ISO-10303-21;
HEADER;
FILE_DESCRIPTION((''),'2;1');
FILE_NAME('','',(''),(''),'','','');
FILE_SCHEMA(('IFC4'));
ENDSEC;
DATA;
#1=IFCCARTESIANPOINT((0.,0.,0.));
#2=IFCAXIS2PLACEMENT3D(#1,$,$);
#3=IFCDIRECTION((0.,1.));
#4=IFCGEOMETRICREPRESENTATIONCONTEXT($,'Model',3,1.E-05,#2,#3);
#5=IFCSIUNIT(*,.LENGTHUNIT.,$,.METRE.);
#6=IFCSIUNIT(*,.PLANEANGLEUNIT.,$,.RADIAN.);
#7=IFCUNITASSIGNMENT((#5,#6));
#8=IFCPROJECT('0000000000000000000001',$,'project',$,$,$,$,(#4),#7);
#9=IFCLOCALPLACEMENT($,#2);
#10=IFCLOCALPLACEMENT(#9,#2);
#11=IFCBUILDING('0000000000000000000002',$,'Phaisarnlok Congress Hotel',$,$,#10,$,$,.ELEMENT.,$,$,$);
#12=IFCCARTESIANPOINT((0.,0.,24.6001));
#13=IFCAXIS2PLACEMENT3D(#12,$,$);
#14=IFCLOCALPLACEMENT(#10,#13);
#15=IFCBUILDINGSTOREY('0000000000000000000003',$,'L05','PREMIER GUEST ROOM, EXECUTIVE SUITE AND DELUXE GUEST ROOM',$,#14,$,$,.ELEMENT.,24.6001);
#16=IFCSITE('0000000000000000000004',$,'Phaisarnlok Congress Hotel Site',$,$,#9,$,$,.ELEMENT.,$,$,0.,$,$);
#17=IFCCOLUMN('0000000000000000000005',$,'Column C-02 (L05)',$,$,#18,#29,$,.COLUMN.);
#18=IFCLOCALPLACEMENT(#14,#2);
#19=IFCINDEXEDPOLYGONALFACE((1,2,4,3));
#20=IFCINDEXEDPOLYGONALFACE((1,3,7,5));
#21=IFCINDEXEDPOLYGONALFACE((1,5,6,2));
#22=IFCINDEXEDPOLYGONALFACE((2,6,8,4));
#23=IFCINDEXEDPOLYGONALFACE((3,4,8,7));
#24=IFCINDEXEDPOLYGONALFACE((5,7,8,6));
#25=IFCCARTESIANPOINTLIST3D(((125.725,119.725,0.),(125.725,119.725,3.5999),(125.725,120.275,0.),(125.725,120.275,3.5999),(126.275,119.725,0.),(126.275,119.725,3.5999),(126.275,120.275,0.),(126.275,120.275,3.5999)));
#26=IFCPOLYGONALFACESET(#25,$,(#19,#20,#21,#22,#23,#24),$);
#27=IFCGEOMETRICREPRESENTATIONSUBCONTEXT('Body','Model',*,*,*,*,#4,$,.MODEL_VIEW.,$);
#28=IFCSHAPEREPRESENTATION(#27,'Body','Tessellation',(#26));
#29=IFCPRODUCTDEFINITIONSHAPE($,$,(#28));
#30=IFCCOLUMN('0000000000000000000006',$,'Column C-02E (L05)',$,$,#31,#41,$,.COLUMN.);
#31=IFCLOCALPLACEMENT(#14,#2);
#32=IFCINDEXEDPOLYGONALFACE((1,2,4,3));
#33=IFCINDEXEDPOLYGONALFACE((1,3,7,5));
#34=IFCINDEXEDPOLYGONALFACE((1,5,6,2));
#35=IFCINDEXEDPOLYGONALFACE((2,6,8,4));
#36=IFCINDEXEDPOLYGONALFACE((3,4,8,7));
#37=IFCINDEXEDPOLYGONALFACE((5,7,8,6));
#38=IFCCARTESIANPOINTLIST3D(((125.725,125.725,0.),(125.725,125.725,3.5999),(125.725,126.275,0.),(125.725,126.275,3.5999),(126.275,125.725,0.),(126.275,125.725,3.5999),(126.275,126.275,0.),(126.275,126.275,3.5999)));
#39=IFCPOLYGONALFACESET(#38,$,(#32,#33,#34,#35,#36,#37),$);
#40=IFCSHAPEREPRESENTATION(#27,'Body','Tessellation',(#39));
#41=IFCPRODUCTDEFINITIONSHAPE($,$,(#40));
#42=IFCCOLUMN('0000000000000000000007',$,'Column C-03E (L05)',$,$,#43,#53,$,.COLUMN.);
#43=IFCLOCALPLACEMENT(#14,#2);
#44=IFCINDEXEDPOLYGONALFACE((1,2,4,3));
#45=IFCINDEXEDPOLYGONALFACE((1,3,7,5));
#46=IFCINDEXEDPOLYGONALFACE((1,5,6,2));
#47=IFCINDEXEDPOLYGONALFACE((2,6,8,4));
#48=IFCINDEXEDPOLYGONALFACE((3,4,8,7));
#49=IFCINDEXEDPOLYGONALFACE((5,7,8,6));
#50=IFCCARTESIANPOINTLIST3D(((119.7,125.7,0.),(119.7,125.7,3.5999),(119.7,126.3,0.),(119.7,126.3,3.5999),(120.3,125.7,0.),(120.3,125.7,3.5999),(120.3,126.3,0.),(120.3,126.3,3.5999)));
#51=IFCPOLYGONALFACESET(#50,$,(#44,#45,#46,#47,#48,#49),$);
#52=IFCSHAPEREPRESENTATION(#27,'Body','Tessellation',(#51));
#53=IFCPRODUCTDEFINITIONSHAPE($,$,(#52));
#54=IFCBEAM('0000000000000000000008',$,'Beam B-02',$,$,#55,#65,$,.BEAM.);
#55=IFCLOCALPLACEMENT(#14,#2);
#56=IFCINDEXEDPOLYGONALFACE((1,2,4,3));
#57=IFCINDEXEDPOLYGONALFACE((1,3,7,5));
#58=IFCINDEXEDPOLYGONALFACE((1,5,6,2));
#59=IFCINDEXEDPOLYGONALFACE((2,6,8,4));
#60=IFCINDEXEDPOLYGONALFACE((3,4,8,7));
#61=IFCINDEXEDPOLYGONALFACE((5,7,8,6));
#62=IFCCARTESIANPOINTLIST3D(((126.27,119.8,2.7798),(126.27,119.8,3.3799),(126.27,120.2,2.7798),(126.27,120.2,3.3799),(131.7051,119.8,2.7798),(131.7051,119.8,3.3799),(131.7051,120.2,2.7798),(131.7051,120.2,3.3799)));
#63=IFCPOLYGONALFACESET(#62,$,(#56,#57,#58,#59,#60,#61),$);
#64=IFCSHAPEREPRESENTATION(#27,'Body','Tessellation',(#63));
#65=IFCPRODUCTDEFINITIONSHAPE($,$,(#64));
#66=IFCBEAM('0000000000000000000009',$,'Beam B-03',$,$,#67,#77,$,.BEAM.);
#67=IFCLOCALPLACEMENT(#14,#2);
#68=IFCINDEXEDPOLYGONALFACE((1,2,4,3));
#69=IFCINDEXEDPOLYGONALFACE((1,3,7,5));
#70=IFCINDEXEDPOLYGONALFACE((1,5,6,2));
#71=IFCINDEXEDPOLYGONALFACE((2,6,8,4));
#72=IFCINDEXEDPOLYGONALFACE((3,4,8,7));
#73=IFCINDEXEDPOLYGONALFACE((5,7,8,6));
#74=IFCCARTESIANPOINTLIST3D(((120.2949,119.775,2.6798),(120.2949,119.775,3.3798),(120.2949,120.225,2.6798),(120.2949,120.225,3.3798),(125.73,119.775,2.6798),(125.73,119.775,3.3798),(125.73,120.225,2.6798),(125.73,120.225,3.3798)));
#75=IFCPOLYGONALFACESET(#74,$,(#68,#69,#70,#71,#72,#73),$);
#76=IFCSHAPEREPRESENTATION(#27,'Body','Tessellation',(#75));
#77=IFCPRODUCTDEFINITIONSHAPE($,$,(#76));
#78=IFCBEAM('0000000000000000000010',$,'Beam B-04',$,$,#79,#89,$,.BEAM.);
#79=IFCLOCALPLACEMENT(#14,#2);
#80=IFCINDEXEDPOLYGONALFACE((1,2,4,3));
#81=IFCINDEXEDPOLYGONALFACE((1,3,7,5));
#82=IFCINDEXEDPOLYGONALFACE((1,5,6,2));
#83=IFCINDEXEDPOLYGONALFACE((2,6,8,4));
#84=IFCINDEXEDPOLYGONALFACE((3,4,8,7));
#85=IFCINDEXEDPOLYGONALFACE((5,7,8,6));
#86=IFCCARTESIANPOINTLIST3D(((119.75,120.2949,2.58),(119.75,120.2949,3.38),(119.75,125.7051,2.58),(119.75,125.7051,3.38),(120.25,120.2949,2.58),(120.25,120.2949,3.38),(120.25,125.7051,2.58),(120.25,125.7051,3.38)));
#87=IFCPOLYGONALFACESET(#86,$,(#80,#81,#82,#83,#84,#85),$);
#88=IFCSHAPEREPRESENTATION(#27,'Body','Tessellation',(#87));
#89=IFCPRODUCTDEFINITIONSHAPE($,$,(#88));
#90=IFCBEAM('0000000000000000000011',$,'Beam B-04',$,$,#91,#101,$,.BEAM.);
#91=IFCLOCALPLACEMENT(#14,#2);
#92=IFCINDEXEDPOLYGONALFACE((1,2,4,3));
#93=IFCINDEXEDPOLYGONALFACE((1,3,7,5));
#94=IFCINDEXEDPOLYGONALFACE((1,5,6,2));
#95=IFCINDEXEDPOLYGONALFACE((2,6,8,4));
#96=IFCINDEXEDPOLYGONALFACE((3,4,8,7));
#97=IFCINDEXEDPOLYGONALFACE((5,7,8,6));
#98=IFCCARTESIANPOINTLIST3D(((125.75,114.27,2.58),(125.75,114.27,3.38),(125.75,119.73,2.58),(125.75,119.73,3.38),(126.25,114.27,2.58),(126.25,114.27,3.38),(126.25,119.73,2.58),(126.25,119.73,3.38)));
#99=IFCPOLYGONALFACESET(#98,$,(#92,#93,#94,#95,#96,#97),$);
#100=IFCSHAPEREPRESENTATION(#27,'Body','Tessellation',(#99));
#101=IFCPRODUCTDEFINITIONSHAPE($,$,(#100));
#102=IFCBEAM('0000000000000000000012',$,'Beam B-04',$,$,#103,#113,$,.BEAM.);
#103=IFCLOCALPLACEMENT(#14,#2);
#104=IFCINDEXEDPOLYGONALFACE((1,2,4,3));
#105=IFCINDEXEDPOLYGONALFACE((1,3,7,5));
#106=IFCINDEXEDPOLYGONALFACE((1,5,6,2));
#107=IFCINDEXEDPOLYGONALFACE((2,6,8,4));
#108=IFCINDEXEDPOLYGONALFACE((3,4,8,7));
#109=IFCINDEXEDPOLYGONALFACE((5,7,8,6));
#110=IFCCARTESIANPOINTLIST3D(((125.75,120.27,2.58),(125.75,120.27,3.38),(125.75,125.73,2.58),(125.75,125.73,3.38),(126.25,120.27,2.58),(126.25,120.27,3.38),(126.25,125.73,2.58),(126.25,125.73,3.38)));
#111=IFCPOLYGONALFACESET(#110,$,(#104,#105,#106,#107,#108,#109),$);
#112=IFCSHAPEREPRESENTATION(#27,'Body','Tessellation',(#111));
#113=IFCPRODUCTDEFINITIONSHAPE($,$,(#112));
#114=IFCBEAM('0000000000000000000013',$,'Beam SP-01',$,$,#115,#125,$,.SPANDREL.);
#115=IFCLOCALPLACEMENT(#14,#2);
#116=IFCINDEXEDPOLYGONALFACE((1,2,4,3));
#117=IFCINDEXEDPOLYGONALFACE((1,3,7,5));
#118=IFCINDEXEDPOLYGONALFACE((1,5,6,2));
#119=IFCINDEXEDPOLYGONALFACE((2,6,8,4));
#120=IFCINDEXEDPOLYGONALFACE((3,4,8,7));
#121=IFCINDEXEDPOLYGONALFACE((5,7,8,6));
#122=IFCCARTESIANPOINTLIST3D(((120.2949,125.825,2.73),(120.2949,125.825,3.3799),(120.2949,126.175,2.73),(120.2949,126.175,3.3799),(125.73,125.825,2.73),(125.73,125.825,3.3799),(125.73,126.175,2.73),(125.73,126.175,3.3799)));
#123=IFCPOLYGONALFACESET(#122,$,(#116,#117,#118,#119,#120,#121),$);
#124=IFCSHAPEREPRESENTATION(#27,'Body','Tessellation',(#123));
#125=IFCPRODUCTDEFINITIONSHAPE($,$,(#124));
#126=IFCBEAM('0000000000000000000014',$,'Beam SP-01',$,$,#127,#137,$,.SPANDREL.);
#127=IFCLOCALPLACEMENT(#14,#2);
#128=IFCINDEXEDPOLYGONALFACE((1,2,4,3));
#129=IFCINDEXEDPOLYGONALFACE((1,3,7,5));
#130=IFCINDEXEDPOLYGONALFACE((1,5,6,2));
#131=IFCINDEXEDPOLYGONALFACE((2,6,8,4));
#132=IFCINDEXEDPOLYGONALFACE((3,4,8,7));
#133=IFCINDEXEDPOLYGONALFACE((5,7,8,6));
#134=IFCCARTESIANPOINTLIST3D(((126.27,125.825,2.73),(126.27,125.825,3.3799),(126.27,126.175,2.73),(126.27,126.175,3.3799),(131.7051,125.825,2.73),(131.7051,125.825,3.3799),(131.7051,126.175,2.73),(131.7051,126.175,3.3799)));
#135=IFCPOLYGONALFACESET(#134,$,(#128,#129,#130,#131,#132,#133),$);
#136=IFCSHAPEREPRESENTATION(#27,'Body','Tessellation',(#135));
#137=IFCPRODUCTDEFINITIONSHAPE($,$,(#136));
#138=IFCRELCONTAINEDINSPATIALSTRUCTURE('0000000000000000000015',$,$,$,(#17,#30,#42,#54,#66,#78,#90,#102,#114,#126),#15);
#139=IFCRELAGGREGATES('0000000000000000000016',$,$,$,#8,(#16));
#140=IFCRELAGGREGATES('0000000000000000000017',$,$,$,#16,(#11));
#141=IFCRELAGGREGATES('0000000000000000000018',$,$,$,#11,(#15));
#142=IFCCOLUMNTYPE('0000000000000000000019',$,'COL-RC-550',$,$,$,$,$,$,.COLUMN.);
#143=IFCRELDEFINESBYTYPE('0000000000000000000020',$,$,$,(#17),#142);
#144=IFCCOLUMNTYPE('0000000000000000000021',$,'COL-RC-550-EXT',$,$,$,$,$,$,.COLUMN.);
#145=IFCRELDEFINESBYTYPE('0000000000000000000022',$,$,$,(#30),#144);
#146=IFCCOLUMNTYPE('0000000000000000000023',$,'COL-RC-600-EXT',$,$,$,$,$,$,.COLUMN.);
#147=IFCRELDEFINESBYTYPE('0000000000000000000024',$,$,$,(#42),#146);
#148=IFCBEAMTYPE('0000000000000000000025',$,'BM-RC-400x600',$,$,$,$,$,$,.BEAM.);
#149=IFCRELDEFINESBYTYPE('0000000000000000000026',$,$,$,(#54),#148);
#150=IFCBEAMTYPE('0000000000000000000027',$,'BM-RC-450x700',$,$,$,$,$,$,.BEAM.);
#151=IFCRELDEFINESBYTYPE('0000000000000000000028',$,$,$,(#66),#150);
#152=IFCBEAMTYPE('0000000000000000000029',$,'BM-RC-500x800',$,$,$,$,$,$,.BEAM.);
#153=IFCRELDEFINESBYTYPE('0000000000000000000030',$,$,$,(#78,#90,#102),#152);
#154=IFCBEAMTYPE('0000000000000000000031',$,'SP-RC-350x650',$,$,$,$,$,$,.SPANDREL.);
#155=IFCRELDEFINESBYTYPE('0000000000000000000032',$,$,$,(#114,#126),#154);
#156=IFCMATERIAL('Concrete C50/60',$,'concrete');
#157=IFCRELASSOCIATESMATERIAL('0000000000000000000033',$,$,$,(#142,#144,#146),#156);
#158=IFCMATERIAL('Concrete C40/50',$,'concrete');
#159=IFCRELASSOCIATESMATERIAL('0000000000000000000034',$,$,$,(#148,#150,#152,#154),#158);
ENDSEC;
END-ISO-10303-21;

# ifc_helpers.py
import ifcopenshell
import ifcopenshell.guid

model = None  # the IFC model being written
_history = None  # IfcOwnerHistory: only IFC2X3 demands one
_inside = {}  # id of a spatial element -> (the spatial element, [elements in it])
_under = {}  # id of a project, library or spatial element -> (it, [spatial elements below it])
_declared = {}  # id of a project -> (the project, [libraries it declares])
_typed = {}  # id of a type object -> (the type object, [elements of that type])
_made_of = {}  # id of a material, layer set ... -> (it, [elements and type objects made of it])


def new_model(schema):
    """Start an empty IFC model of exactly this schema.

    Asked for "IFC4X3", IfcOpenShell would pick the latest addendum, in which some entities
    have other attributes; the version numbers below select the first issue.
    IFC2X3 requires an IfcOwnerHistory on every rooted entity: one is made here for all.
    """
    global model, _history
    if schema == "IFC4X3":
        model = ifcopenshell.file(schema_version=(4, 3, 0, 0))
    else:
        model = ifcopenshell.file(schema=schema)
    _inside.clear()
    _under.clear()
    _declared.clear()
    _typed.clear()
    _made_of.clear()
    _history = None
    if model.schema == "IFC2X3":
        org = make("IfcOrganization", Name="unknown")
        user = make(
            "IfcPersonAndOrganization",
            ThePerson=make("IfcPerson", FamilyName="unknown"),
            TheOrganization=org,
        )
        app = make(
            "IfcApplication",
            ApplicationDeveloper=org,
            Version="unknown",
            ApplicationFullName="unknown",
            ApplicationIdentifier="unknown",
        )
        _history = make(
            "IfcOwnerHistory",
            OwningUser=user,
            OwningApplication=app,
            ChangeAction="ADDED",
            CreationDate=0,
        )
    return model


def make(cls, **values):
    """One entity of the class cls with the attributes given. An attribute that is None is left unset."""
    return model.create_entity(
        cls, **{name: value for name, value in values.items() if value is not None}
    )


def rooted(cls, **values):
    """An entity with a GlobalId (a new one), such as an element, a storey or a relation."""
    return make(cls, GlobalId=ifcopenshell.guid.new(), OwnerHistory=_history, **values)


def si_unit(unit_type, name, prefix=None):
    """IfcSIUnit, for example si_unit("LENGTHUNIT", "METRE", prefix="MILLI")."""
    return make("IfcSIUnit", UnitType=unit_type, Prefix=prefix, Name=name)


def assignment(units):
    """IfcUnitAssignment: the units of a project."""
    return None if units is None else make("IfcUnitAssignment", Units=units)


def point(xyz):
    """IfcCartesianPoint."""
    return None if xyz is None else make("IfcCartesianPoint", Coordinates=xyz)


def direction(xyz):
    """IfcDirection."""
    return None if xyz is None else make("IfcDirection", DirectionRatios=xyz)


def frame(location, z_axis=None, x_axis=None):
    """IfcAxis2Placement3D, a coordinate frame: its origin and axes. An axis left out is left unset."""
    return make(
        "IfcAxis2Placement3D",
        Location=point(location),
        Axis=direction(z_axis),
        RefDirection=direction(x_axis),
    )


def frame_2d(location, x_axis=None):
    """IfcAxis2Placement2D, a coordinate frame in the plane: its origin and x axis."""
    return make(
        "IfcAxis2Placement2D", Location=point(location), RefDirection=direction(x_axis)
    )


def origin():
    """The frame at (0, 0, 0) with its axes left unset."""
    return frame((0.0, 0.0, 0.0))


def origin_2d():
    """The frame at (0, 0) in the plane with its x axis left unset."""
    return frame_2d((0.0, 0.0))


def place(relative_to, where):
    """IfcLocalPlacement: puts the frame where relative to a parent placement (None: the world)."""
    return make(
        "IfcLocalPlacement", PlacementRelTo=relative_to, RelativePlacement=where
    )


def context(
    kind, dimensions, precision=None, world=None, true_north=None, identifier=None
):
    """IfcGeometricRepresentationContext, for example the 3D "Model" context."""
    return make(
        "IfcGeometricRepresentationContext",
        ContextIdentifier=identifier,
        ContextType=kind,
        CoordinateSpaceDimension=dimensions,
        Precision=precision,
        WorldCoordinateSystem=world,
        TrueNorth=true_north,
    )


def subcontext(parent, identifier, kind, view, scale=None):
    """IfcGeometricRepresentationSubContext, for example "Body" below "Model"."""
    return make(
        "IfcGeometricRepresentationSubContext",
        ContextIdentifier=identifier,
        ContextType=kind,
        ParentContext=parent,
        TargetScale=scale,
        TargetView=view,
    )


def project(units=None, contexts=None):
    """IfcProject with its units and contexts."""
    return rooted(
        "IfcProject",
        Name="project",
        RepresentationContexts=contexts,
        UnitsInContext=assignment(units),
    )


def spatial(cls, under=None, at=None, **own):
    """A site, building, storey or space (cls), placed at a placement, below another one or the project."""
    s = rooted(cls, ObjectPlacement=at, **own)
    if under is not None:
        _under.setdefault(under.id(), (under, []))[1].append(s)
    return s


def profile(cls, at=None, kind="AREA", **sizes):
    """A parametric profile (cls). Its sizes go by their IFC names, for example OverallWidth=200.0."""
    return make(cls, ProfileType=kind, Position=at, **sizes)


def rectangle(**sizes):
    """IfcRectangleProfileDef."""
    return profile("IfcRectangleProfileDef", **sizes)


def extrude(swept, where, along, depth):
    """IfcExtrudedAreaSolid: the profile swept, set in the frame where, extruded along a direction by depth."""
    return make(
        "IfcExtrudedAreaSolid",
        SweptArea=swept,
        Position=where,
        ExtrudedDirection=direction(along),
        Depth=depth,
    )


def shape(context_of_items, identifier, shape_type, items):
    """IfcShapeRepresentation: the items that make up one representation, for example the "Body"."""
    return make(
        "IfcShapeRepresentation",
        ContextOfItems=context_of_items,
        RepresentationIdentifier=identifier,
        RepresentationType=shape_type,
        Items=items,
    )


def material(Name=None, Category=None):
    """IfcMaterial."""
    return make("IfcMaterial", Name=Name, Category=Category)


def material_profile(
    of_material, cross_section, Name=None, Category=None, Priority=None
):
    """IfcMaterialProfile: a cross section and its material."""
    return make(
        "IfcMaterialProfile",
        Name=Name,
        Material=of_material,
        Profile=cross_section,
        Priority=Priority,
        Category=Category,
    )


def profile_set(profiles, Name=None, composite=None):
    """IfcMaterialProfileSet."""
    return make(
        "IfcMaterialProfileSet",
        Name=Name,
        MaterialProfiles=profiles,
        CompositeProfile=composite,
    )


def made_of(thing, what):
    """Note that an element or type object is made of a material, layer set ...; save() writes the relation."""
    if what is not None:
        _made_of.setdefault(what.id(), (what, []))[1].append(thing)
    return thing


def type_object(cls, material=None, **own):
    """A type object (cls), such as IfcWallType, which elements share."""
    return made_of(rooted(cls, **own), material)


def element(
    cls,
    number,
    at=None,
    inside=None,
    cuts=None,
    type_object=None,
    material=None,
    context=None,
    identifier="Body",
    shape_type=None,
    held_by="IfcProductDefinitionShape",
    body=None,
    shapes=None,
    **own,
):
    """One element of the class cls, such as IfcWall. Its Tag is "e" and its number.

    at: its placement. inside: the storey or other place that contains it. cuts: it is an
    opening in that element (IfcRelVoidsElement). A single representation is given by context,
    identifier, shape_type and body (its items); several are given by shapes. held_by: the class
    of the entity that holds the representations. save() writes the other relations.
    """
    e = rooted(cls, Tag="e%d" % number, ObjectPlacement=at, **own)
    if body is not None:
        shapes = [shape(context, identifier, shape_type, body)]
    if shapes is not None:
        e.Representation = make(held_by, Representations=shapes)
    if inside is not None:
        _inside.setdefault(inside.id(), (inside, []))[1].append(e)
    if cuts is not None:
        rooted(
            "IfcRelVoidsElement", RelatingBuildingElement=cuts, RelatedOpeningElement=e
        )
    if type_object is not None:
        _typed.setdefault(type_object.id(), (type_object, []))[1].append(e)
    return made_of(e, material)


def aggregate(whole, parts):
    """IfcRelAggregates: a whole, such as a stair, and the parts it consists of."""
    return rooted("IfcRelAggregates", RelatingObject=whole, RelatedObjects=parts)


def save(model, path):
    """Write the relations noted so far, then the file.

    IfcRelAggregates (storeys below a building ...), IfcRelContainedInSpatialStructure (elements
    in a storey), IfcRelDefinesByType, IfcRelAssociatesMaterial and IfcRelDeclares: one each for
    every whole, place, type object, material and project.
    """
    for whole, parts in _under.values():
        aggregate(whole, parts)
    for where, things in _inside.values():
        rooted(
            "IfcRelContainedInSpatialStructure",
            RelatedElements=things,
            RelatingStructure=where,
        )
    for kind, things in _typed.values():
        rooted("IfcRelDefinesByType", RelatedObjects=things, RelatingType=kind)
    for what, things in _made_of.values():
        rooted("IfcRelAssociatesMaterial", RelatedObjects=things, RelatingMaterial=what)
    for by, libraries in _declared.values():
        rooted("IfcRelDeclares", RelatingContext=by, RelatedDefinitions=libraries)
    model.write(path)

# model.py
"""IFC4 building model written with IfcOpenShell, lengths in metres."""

from ifc_helpers import new_model, si_unit, direction, frame, origin, origin_2d, place, context, subcontext, project, spatial, rectangle, extrude, material, material_profile, profile_set, type_object, element, save


model = new_model("IFC4")

# Units and contexts
model_context = context("Model", 3, precision=1e-05, world=origin(), true_north=direction((0.0, 1.0)))
body_context = subcontext(model_context, "Body", "Model", "MODEL_VIEW")
ifc_project = project(units=[si_unit("LENGTHUNIT", "METRE"), si_unit("PLANEANGLEUNIT", "RADIAN")], contexts=[model_context])

# Site, building, storey
site_placement = place(None, origin())
site = spatial("IfcSite", under=ifc_project, at=site_placement, Name="Phaisarnlok Congress Hotel Site", CompositionType="ELEMENT", RefElevation=0.0)
building_placement = place(site_placement, origin())
building = spatial("IfcBuilding", under=site, at=building_placement, Name="Phaisarnlok Congress Hotel", CompositionType="ELEMENT")
storey_placement = place(building_placement, frame((0.0, 0.0, 24.6001)))
storey = spatial("IfcBuildingStorey", under=building, at=storey_placement, Name="L05", Description="PREMIER GUEST ROOM, EXECUTIVE SUITE AND DELUXE GUEST ROOM", CompositionType="ELEMENT", Elevation=24.6001)

# Columns
ifc_material_1 = material(Name="Concrete C50/60", Category="concrete")
ifc_material_profile_1 = material_profile(ifc_material_1, rectangle(XDim=0.55, YDim=0.55, at=origin_2d()), Name="RC 550x550")
ifc_profile_set_1 = profile_set([ifc_material_profile_1], Name="Concrete C50/60")
column_type_1 = type_object("IfcColumnType", Name="COL-RC-550", PredefinedType="COLUMN", material=ifc_profile_set_1)
column_1_placement = place(storey_placement, frame((126.0, 120.0, 0.0), z_axis=(0.0, 0.0, 1.0), x_axis=(1.0, 0.0, 0.0)))
element("IfcColumn", 1, at=column_1_placement, inside=storey, type_object=column_type_1, Name="Column C-02 (L05)", PredefinedType="COLUMN", context=body_context, shape_type="SweptSolid", body=[
    extrude(rectangle(XDim=0.55, YDim=0.55, at=origin_2d()), origin(), (0.0, 0.0, 1.0), 3.5999),
])
ifc_material_profile_2 = material_profile(ifc_material_1, rectangle(XDim=0.55, YDim=0.55, at=origin_2d()), Name="RC 550x550")
ifc_profile_set_2 = profile_set([ifc_material_profile_2], Name="Concrete C50/60")
column_type_2 = type_object("IfcColumnType", Name="COL-RC-550-EXT", PredefinedType="COLUMN", material=ifc_profile_set_2)
column_2_placement = place(storey_placement, frame((126.0, 126.0, 0.0), z_axis=(0.0, 0.0, 1.0), x_axis=(1.0, 0.0, 0.0)))
element("IfcColumn", 2, at=column_2_placement, inside=storey, type_object=column_type_2, Name="Column C-02E (L05)", PredefinedType="COLUMN", context=body_context, shape_type="SweptSolid", body=[
    extrude(rectangle(XDim=0.55, YDim=0.55, at=origin_2d()), origin(), (0.0, 0.0, 1.0), 3.5999),
])
ifc_material_profile_3 = material_profile(ifc_material_1, rectangle(XDim=0.6001, YDim=0.6001, at=origin_2d()), Name="RC 600x600")
ifc_profile_set_3 = profile_set([ifc_material_profile_3], Name="Concrete C50/60")
column_type_3 = type_object("IfcColumnType", Name="COL-RC-600-EXT", PredefinedType="COLUMN", material=ifc_profile_set_3)
column_3_placement = place(storey_placement, frame((120.0, 126.0, 0.0), z_axis=(0.0, 0.0, 1.0), x_axis=(1.0, 0.0, 0.0)))
element("IfcColumn", 3, at=column_3_placement, inside=storey, type_object=column_type_3, Name="Column C-03E (L05)", PredefinedType="COLUMN", context=body_context, shape_type="SweptSolid", body=[
    extrude(rectangle(XDim=0.6001, YDim=0.6001, at=origin_2d()), origin(), (0.0, 0.0, 1.0), 3.5999),
])

# Beams
ifc_material_2 = material(Name="Concrete C40/50", Category="concrete")
ifc_material_profile_4 = material_profile(ifc_material_2, rectangle(XDim=0.3999, YDim=0.6001, at=origin_2d()), Name="RC 400x600")
ifc_profile_set_4 = profile_set([ifc_material_profile_4], Name="Concrete C40/50")
beam_type_1 = type_object("IfcBeamType", Name="BM-RC-400x600", PredefinedType="BEAM", material=ifc_profile_set_4)
beam_1_placement = place(storey_placement, frame((126.27, 120.0, 3.0798), z_axis=(1.0, 0.0, 0.0), x_axis=(0.0, 1.0, 0.0)))
element("IfcBeam", 4, at=beam_1_placement, inside=storey, type_object=beam_type_1, Name="Beam B-02", PredefinedType="BEAM", context=body_context, shape_type="SweptSolid", body=[
    extrude(rectangle(XDim=0.3999, YDim=0.6001, at=origin_2d()), origin(), (0.0, 0.0, 1.0), 5.4351),
])
ifc_material_profile_5 = material_profile(ifc_material_2, rectangle(XDim=0.45, YDim=0.7, at=origin_2d()), Name="RC 450x700")
ifc_profile_set_5 = profile_set([ifc_material_profile_5], Name="Concrete C40/50")
beam_type_2 = type_object("IfcBeamType", Name="BM-RC-450x700", PredefinedType="BEAM", material=ifc_profile_set_5)
beam_2_placement = place(storey_placement, frame((120.2949, 120.0, 3.0298), z_axis=(1.0, 0.0, 0.0), x_axis=(0.0, 1.0, 0.0)))
element("IfcBeam", 5, at=beam_2_placement, inside=storey, type_object=beam_type_2, Name="Beam B-03", PredefinedType="BEAM", context=body_context, shape_type="SweptSolid", body=[
    extrude(rectangle(XDim=0.45, YDim=0.7, at=origin_2d()), origin(), (0.0, 0.0, 1.0), 5.4351),
])
ifc_material_profile_6 = material_profile(ifc_material_2, rectangle(XDim=0.5, YDim=0.8, at=origin_2d()), Name="RC 500x800")
ifc_profile_set_6 = profile_set([ifc_material_profile_6], Name="Concrete C40/50")
beam_type_3 = type_object("IfcBeamType", Name="BM-RC-500x800", PredefinedType="BEAM", material=ifc_profile_set_6)
beam_3_placement = place(storey_placement, frame((120.0, 120.2949, 2.98), z_axis=(0.0, 1.0, 0.0), x_axis=(-1.0, 0.0, 0.0)))
element("IfcBeam", 6, at=beam_3_placement, inside=storey, type_object=beam_type_3, Name="Beam B-04", PredefinedType="BEAM", context=body_context, shape_type="SweptSolid", body=[
    extrude(rectangle(XDim=0.5, YDim=0.8, at=origin_2d()), origin(), (0.0, 0.0, 1.0), 5.4102),
])
for number, where, z_axis, x_axis, name in (
    (7, (126.0, 114.27, 2.98), (0.0, 1.0, 0.0), (-1.0, 0.0, 0.0), "Beam B-04"),
    (8, (126.0, 120.27, 2.98), (0.0, 1.0, 0.0), (-1.0, 0.0, 0.0), "Beam B-04"),
):
    element("IfcBeam", number, at=place(storey_placement, frame(where, z_axis=z_axis, x_axis=x_axis)), inside=storey, type_object=beam_type_3, Name=name, PredefinedType="BEAM", context=body_context, shape_type="SweptSolid", body=[
        extrude(rectangle(XDim=0.5, YDim=0.8, at=origin_2d()), origin(), (0.0, 0.0, 1.0), 5.46),
    ])
ifc_material_profile_7 = material_profile(ifc_material_2, rectangle(XDim=0.3501, YDim=0.6499, at=origin_2d()), Name="RC 350x650")
ifc_profile_set_7 = profile_set([ifc_material_profile_7], Name="Concrete C40/50")
beam_type_4 = type_object("IfcBeamType", Name="SP-RC-350x650", PredefinedType="SPANDREL", material=ifc_profile_set_7)
for number, where, z_axis, x_axis, name in (
    (9, (120.2949, 126.0, 3.0549), (1.0, 0.0, 0.0), (0.0, 1.0, 0.0), "Beam SP-01"),
    (10, (126.27, 126.0, 3.0549), (1.0, 0.0, 0.0), (0.0, 1.0, 0.0), "Beam SP-01"),
):
    element("IfcBeam", number, at=place(storey_placement, frame(where, z_axis=z_axis, x_axis=x_axis)), inside=storey, type_object=beam_type_4, Name=name, PredefinedType="SPANDREL", context=body_context, shape_type="SweptSolid", body=[
        extrude(rectangle(XDim=0.3501, YDim=0.6499, at=origin_2d()), origin(), (0.0, 0.0, 1.0), 5.4351),
    ])

save(model, "model.ifc")
